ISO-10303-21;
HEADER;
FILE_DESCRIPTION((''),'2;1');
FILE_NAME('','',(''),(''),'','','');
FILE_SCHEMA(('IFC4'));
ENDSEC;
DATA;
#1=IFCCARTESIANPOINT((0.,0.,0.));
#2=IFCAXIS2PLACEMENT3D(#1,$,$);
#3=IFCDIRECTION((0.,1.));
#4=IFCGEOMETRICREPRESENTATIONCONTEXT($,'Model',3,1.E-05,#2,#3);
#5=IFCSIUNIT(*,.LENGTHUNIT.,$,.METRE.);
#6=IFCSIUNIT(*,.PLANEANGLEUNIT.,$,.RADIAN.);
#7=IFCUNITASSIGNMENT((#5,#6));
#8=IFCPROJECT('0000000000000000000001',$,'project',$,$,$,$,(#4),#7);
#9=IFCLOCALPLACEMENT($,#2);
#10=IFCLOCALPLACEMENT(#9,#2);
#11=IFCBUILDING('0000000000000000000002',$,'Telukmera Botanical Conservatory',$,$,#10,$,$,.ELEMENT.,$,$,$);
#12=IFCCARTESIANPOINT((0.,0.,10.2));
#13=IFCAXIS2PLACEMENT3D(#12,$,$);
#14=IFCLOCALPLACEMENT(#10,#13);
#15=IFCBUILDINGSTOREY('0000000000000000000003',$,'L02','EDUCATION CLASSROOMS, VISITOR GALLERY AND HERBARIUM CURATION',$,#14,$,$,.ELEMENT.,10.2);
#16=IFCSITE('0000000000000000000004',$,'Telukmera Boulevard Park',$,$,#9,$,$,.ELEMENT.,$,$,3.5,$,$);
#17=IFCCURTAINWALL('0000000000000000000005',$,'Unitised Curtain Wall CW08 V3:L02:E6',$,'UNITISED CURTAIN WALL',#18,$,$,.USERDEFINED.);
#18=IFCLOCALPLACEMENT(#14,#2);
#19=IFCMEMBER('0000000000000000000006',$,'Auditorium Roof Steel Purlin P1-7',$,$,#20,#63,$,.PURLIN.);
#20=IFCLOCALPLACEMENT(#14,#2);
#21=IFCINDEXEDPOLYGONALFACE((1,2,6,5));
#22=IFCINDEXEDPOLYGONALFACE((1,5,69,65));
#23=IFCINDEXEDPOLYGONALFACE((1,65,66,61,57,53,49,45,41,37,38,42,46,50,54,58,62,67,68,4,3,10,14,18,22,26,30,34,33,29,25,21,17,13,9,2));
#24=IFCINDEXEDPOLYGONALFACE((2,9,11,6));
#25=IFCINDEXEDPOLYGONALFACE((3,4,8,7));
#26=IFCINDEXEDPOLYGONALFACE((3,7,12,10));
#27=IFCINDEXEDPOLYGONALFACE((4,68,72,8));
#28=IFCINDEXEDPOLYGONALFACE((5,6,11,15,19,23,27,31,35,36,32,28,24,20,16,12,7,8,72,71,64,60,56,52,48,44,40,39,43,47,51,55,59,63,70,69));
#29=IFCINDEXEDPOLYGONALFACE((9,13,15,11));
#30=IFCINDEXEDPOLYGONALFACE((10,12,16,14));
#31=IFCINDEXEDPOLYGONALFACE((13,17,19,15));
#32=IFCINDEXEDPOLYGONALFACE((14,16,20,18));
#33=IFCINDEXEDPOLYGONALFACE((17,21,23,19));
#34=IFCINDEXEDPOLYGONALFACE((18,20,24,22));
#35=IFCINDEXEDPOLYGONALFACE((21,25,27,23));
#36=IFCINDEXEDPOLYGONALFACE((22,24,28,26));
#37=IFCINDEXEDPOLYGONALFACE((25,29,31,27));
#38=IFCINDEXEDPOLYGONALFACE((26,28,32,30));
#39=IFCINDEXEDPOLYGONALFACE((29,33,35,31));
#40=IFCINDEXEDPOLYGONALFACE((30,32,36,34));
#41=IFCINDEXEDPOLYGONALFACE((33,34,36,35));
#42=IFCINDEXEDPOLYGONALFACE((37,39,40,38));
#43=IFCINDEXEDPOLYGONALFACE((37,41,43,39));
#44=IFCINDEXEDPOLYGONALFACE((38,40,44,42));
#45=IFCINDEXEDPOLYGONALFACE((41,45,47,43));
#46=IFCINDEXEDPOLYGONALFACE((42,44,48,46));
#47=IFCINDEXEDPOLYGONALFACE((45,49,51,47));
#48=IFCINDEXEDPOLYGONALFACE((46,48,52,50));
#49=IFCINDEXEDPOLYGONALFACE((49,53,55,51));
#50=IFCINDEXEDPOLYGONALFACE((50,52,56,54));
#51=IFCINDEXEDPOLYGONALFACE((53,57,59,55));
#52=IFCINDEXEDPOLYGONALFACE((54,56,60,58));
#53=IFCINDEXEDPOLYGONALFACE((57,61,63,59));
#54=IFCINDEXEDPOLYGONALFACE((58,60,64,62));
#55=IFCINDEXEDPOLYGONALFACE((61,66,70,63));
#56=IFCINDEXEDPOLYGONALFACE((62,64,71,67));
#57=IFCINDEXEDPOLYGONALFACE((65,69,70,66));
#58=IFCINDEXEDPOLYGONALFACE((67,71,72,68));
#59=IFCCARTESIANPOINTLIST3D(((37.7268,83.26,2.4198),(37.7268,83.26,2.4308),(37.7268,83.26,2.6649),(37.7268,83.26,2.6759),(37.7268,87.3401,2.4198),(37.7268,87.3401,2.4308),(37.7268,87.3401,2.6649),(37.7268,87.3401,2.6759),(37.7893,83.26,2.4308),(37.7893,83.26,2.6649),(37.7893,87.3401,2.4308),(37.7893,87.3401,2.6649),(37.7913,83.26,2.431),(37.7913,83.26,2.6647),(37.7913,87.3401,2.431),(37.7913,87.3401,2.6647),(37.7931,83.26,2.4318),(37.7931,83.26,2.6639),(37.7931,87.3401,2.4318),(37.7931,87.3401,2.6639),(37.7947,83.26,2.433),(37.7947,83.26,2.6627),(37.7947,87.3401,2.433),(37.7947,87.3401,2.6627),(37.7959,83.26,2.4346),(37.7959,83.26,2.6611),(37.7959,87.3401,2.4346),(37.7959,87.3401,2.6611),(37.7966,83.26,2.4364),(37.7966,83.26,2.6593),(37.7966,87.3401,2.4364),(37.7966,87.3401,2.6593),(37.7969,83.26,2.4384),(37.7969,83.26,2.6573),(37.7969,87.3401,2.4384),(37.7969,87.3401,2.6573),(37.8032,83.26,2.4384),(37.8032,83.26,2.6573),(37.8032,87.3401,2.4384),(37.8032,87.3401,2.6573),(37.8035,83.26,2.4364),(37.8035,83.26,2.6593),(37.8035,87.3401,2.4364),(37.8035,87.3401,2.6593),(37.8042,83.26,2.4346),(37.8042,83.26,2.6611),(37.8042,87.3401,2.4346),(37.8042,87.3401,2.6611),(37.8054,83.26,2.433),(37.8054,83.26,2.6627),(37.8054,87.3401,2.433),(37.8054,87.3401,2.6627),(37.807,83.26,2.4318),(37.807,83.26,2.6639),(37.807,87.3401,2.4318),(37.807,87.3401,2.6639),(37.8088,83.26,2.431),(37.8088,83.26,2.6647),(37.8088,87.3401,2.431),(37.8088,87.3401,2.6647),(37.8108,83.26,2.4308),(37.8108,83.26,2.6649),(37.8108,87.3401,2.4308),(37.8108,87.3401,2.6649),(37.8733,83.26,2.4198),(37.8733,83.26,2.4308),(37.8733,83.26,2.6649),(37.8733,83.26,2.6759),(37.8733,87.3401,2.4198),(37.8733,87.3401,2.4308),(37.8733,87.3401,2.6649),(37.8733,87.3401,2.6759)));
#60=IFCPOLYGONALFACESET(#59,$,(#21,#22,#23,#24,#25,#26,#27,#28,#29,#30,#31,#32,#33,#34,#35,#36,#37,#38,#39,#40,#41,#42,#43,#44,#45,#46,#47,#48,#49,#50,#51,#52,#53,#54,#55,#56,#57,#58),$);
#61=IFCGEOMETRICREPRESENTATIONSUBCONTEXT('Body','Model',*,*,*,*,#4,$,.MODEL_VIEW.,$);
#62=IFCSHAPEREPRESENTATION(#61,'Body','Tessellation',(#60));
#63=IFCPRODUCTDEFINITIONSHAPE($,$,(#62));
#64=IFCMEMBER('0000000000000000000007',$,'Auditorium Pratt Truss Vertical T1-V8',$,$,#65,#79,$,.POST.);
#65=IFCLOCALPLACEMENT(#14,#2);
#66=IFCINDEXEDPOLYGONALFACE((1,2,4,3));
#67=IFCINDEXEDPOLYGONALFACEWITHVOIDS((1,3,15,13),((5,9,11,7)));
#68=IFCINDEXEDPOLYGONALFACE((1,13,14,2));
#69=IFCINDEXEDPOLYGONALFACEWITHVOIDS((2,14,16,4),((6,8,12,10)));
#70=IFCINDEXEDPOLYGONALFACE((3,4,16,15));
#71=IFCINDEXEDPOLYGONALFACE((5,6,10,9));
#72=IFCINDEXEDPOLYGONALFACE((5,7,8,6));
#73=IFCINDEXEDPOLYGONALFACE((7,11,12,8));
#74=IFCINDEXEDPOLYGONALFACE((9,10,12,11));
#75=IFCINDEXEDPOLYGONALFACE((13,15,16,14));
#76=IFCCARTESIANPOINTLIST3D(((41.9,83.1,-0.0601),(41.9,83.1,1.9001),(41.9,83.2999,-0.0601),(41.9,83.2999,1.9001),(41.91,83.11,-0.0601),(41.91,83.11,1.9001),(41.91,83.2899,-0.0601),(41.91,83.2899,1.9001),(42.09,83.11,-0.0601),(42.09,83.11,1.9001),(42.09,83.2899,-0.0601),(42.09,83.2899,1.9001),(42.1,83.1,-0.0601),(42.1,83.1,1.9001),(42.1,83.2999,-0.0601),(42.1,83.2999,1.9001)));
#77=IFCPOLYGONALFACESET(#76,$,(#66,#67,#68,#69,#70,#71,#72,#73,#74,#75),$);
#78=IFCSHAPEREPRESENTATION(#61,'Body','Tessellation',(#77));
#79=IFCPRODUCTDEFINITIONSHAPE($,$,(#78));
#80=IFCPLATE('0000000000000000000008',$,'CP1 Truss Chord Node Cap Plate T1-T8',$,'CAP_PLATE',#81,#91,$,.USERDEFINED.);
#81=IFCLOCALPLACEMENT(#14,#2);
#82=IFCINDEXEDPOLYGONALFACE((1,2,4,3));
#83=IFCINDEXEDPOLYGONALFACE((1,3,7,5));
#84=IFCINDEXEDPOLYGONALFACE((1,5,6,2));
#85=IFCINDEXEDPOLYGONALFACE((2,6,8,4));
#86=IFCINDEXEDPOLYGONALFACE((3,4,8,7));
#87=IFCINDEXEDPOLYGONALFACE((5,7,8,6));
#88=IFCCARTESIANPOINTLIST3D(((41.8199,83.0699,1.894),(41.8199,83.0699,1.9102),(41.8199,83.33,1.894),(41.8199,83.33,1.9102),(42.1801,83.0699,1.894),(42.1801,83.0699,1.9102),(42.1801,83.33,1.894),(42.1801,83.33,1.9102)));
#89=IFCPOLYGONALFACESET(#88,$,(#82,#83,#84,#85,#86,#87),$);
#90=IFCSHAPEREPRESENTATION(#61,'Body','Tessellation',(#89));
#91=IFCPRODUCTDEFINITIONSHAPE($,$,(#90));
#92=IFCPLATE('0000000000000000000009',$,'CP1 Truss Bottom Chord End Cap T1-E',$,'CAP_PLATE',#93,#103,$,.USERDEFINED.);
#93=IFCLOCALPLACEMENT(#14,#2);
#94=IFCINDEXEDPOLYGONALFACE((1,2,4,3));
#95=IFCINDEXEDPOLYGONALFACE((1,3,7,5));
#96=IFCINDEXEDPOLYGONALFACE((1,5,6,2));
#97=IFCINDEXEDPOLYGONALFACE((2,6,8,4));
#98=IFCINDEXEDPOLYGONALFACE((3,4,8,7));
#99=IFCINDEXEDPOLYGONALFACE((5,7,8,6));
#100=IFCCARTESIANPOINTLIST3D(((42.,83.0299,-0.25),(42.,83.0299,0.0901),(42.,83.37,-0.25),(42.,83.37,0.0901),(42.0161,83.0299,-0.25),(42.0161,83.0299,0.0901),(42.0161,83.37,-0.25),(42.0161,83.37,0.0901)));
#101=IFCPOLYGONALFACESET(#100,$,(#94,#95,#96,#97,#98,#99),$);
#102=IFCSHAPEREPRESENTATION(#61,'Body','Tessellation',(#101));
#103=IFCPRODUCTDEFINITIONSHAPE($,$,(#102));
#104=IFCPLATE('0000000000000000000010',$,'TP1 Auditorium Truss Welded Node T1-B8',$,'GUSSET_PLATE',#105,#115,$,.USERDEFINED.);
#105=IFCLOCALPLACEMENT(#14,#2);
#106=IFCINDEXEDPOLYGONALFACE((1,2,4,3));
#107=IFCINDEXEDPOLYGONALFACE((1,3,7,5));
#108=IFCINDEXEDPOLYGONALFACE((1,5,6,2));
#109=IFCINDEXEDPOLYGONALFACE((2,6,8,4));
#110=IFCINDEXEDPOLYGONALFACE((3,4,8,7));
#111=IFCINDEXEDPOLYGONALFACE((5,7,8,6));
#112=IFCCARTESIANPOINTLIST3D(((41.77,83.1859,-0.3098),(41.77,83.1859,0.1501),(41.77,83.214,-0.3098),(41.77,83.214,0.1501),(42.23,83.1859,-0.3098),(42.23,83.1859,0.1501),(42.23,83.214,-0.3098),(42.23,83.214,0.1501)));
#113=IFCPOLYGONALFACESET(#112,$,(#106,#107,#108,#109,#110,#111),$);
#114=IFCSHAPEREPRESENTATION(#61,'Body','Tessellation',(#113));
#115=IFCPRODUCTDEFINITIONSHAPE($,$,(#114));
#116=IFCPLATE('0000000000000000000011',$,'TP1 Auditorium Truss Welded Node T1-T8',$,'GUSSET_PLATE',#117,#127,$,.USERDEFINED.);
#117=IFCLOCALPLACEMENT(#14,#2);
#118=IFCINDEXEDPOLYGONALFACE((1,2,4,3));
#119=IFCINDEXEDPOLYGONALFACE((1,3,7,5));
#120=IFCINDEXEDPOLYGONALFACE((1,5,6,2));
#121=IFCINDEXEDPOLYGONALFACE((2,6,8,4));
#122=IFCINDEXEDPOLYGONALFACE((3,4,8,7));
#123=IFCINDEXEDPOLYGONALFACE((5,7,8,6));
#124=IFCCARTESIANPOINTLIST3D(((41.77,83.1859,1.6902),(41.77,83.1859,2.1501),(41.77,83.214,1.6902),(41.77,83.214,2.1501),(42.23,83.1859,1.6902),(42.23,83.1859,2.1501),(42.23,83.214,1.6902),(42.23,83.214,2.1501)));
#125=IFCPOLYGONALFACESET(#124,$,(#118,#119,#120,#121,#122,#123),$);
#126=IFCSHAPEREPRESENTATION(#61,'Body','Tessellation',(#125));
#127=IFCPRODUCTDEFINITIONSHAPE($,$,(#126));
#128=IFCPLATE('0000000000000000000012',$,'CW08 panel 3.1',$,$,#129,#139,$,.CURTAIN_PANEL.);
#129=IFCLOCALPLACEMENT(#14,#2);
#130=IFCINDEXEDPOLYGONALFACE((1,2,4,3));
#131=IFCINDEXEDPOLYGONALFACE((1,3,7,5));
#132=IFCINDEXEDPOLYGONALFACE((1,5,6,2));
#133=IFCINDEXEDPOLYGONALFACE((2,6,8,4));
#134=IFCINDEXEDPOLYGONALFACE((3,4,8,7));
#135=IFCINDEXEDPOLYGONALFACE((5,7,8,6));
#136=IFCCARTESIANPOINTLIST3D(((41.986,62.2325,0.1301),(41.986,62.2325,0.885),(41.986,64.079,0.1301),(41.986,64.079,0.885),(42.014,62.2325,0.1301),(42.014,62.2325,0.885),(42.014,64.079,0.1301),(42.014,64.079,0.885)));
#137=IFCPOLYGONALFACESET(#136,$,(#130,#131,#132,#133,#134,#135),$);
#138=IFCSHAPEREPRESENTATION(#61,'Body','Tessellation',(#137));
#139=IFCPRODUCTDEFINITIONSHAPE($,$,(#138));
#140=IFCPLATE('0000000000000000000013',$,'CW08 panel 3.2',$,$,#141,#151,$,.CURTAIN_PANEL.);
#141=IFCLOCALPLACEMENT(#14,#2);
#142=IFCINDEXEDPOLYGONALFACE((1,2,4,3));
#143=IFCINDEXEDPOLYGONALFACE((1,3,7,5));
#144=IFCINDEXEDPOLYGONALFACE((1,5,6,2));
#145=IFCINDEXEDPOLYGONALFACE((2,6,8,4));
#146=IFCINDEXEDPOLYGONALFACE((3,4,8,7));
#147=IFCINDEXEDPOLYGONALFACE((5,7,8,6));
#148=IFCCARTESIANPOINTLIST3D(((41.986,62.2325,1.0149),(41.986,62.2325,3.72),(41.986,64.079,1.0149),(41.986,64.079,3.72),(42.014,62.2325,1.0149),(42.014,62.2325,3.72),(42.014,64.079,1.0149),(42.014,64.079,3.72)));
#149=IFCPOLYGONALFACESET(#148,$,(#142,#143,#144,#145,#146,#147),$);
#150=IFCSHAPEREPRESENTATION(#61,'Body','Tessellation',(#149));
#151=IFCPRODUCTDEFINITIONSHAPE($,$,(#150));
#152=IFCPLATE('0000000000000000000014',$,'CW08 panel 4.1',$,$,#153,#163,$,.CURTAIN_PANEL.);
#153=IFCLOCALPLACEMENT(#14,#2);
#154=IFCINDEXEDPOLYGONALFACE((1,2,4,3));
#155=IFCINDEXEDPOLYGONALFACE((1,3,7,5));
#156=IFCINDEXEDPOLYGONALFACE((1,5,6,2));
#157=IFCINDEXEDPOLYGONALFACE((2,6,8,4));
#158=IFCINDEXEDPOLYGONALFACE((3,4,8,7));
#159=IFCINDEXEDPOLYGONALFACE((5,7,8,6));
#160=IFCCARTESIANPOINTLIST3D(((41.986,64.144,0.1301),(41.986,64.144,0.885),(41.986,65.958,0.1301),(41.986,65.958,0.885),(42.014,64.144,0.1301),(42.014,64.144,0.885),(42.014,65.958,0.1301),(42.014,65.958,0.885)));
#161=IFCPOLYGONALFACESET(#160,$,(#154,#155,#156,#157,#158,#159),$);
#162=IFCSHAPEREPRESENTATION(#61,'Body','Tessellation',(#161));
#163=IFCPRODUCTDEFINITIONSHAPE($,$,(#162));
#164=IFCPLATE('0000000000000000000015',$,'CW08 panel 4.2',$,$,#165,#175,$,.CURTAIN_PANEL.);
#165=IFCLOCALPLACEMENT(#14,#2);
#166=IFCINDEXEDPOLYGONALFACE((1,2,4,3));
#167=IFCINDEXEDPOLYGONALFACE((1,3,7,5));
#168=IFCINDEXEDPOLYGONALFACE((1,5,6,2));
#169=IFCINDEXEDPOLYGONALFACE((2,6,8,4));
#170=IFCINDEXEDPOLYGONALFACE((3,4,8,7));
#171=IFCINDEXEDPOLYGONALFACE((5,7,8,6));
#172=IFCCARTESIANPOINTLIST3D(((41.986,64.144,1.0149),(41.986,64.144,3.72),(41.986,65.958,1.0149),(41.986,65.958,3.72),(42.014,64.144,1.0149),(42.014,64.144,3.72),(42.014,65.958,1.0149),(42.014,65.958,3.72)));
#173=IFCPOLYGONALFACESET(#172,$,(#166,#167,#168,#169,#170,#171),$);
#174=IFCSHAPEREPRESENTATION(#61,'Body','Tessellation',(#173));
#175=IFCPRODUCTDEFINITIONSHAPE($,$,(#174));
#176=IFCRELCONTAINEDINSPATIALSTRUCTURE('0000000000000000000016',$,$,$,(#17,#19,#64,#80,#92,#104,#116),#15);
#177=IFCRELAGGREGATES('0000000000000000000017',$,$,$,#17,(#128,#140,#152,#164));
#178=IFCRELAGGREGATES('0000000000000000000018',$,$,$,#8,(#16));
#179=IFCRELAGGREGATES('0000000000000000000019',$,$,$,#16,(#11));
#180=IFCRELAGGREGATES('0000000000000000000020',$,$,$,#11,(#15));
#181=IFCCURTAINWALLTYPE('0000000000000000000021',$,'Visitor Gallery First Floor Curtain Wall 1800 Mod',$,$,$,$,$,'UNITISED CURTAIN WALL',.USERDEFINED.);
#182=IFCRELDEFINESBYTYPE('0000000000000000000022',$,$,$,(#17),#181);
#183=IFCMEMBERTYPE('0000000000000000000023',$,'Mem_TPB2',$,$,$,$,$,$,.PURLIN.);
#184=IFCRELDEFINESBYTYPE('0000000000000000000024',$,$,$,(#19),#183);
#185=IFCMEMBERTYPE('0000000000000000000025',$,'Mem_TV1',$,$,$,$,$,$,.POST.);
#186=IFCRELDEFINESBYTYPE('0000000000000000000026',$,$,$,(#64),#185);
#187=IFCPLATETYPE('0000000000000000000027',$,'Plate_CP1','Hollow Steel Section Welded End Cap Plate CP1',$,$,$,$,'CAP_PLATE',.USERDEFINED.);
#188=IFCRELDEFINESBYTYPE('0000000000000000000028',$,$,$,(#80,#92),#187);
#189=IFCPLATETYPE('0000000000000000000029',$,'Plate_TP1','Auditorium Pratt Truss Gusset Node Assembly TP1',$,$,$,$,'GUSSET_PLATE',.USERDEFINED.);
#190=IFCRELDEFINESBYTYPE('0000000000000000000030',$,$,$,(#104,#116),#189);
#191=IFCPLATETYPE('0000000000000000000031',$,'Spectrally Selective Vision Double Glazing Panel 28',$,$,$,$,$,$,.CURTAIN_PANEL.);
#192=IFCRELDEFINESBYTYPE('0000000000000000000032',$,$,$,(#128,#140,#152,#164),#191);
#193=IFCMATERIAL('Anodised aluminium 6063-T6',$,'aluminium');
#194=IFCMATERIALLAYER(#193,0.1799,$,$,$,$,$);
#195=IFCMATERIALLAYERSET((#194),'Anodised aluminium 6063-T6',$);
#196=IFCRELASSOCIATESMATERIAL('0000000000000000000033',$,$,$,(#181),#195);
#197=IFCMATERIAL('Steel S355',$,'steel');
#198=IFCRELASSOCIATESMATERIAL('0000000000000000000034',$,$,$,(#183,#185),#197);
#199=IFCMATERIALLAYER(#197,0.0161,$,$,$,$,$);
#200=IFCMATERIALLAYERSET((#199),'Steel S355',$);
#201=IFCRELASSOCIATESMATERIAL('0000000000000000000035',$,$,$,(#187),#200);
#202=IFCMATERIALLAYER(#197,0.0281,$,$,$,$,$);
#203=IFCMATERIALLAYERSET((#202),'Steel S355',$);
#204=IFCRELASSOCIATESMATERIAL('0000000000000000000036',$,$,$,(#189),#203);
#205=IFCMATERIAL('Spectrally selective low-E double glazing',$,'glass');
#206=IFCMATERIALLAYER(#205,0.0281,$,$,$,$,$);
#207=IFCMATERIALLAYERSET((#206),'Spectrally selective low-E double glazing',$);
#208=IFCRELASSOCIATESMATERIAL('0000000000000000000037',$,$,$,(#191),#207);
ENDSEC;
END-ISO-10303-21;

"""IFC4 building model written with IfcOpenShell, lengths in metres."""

from ifc_helpers import new_model, si_unit, direction, frame, origin, origin_2d, place, context, subcontext, project, spatial, rectangle, hollow_rectangle, i_section, extrude, material, layer, layer_set, material_profile, profile_set, type_object, element, aggregate, save


model = new_model("IFC4")

# Units and contexts
model_context = context("Model", 3, precision=1e-05, world=origin(), true_north=direction((0.0, 1.0)))
body_context = subcontext(model_context, "Body", "Model", "MODEL_VIEW")
ifc_project = project(units=[si_unit("LENGTHUNIT", "METRE"), si_unit("PLANEANGLEUNIT", "RADIAN")], contexts=[model_context])

# Site, building, storey
site_placement = place(None, origin())
site = spatial("IfcSite", under=ifc_project, at=site_placement, Name="Telukmera Boulevard Park", CompositionType="ELEMENT", RefElevation=3.5)
building_placement = place(site_placement, origin())
building = spatial("IfcBuilding", under=site, at=building_placement, Name="Telukmera Botanical Conservatory", CompositionType="ELEMENT")
storey_placement = place(building_placement, frame((0.0, 0.0, 10.2)))
storey = spatial("IfcBuildingStorey", under=building, at=storey_placement, Name="L02", Description="EDUCATION CLASSROOMS, VISITOR GALLERY AND HERBARIUM CURATION", CompositionType="ELEMENT", Elevation=10.2)

# Curtain wall
ifc_material_1 = material(Name="Anodised aluminium 6063-T6", Category="aluminium")
ifc_layer_1 = layer(ifc_material_1, 0.1799)
ifc_layer_set_1 = layer_set([ifc_layer_1], Name="Anodised aluminium 6063-T6")
curtain_wall_type = type_object("IfcCurtainWallType", Name="Visitor Gallery First Floor Curtain Wall 1800 Mod", ElementType="UNITISED CURTAIN WALL", PredefinedType="USERDEFINED", material=ifc_layer_set_1)
curtain_wall_placement = place(storey_placement, origin())
curtain_wall = element("IfcCurtainWall", 1, at=curtain_wall_placement, inside=storey, type_object=curtain_wall_type, Name="Unitised Curtain Wall CW08 V3:L02:E6", ObjectType="UNITISED CURTAIN WALL", PredefinedType="USERDEFINED")

# Members
ifc_material_2 = material(Name="Steel S355", Category="steel")
ifc_material_profile_1 = material_profile(ifc_material_2, i_section(OverallWidth=0.1465, OverallDepth=0.2561, WebThickness=0.0063, FlangeThickness=0.011, FilletRadius=0.0076, at=origin_2d()), Name="UB 254x146x37")
ifc_profile_set_1 = profile_set([ifc_material_profile_1], Name="Steel S355")
member_type_1 = type_object("IfcMemberType", Name="Mem_TPB2", PredefinedType="PURLIN", material=ifc_profile_set_1)
member_1_placement = place(storey_placement, frame((37.8, 83.26, 2.5479), z_axis=(0.0, 1.0, 0.0), x_axis=(-1.0, 0.0, 0.0)))
element("IfcMember", 2, at=member_1_placement, inside=storey, type_object=member_type_1, Name="Auditorium Roof Steel Purlin P1-7", PredefinedType="PURLIN", context=body_context, shape_type="SweptSolid", body=[
    extrude(i_section(OverallWidth=0.1465, OverallDepth=0.2561, WebThickness=0.0063, FlangeThickness=0.011, FilletRadius=0.0076, at=origin_2d()), origin(), (0.0, 0.0, 1.0), 4.0801),
])
ifc_material_profile_2 = material_profile(ifc_material_2, hollow_rectangle(XDim=0.2, YDim=0.2, WallThickness=0.01, at=origin_2d()), Name="SHS 200x200x10.0")
ifc_profile_set_2 = profile_set([ifc_material_profile_2], Name="Steel S355")
member_type_2 = type_object("IfcMemberType", Name="Mem_TV1", PredefinedType="POST", material=ifc_profile_set_2)
member_2_placement = place(storey_placement, frame((42.0, 83.2, -0.0601), z_axis=(0.0, 0.0, 1.0), x_axis=(1.0, 0.0, 0.0)))
element("IfcMember", 3, at=member_2_placement, inside=storey, type_object=member_type_2, Name="Auditorium Pratt Truss Vertical T1-V8", PredefinedType="POST", context=body_context, shape_type="SweptSolid", body=[
    extrude(hollow_rectangle(XDim=0.2, YDim=0.2, WallThickness=0.01, at=origin_2d()), origin(), (0.0, 0.0, 1.0), 1.9602),
])

# Plates
ifc_layer_2 = layer(ifc_material_2, 0.0161)
ifc_layer_set_2 = layer_set([ifc_layer_2], Name="Steel S355")
plate_type_1 = type_object("IfcPlateType", Name="Plate_CP1", Description="Hollow Steel Section Welded End Cap Plate CP1", ElementType="CAP_PLATE", PredefinedType="USERDEFINED", material=ifc_layer_set_2)
plate_1_placement = place(storey_placement, frame((42.0, 83.2, 1.894), z_axis=(0.0, 0.0, 1.0), x_axis=(1.0, 0.0, 0.0)))
element("IfcPlate", 4, at=plate_1_placement, inside=storey, type_object=plate_type_1, Name="CP1 Truss Chord Node Cap Plate T1-T8", ObjectType="CAP_PLATE", PredefinedType="USERDEFINED", context=body_context, shape_type="SweptSolid", body=[
    extrude(rectangle(XDim=0.3601, YDim=0.26, at=origin_2d()), origin(), (0.0, 0.0, 1.0), 0.0161),
])
plate_2_placement = place(storey_placement, frame((42.0081, 83.2, -0.25), z_axis=(0.0, 0.0, 1.0), x_axis=(1.0, 0.0, 0.0)))
element("IfcPlate", 5, at=plate_2_placement, inside=storey, type_object=plate_type_1, Name="CP1 Truss Bottom Chord End Cap T1-E", ObjectType="CAP_PLATE", PredefinedType="USERDEFINED", context=body_context, shape_type="SweptSolid", body=[
    extrude(rectangle(XDim=0.0161, YDim=0.3401, at=origin_2d()), origin(), (0.0, 0.0, 1.0), 0.3401),
])
ifc_layer_3 = layer(ifc_material_2, 0.0281)
ifc_layer_set_3 = layer_set([ifc_layer_3], Name="Steel S355")
plate_type_2 = type_object("IfcPlateType", Name="Plate_TP1", Description="Auditorium Pratt Truss Gusset Node Assembly TP1", ElementType="GUSSET_PLATE", PredefinedType="USERDEFINED", material=ifc_layer_set_3)
for number, where, z_axis, x_axis, name in (
    (6, (42.0, 83.2, -0.3098), (0.0, 0.0, 1.0), (1.0, 0.0, 0.0), "TP1 Auditorium Truss Welded Node T1-B8"),
    (7, (42.0, 83.2, 1.6902), (0.0, 0.0, 1.0), (1.0, 0.0, 0.0), "TP1 Auditorium Truss Welded Node T1-T8"),
):
    element("IfcPlate", number, at=place(storey_placement, frame(where, z_axis=z_axis, x_axis=x_axis)), inside=storey, type_object=plate_type_2, Name=name, ObjectType="GUSSET_PLATE", PredefinedType="USERDEFINED", context=body_context, shape_type="SweptSolid", body=[
        extrude(rectangle(XDim=0.46, YDim=0.0281, at=origin_2d()), origin(), (0.0, 0.0, 1.0), 0.46),
    ])

# Plates
ifc_material_3 = material(Name="Spectrally selective low-E double glazing", Category="glass")
ifc_layer_4 = layer(ifc_material_3, 0.0281)
ifc_layer_set_4 = layer_set([ifc_layer_4], Name="Spectrally selective low-E double glazing")
plate_type_3 = type_object("IfcPlateType", Name="Spectrally Selective Vision Double Glazing Panel 28", PredefinedType="CURTAIN_PANEL", material=ifc_layer_set_4)
plate_3_placement = place(storey_placement, frame((42.0, 63.1558, 0.1301), z_axis=(0.0, 0.0, 1.0), x_axis=(0.0, 1.0, 0.0)))
plate_3 = element("IfcPlate", 8, at=plate_3_placement, type_object=plate_type_3, Name="CW08 panel 3.1", PredefinedType="CURTAIN_PANEL", context=body_context, shape_type="SweptSolid", body=[
    extrude(rectangle(XDim=1.8464, YDim=0.0281, at=origin_2d()), origin(), (0.0, 0.0, 1.0), 0.7549),
])
plate_4_placement = place(storey_placement, frame((42.0, 63.1558, 1.0149), z_axis=(0.0, 0.0, 1.0), x_axis=(0.0, 1.0, 0.0)))
plate_4 = element("IfcPlate", 9, at=plate_4_placement, type_object=plate_type_3, Name="CW08 panel 3.2", PredefinedType="CURTAIN_PANEL", context=body_context, shape_type="SweptSolid", body=[
    extrude(rectangle(XDim=1.8464, YDim=0.0281, at=origin_2d()), origin(), (0.0, 0.0, 1.0), 2.7051),
])
plate_5_placement = place(storey_placement, frame((42.0, 65.051, 0.1301), z_axis=(0.0, 0.0, 1.0), x_axis=(0.0, 1.0, 0.0)))
plate_5 = element("IfcPlate", 10, at=plate_5_placement, type_object=plate_type_3, Name="CW08 panel 4.1", PredefinedType="CURTAIN_PANEL", context=body_context, shape_type="SweptSolid", body=[
    extrude(rectangle(XDim=1.814, YDim=0.0281, at=origin_2d()), origin(), (0.0, 0.0, 1.0), 0.7549),
])
plate_6_placement = place(storey_placement, frame((42.0, 65.051, 1.0149), z_axis=(0.0, 0.0, 1.0), x_axis=(0.0, 1.0, 0.0)))
plate_6 = element("IfcPlate", 11, at=plate_6_placement, type_object=plate_type_3, Name="CW08 panel 4.2", PredefinedType="CURTAIN_PANEL", context=body_context, shape_type="SweptSolid", body=[
    extrude(rectangle(XDim=1.814, YDim=0.0281, at=origin_2d()), origin(), (0.0, 0.0, 1.0), 2.7051),
])
aggregate(curtain_wall, [plate_3, plate_4, plate_5, plate_6])

save(model, "model.ifc")
